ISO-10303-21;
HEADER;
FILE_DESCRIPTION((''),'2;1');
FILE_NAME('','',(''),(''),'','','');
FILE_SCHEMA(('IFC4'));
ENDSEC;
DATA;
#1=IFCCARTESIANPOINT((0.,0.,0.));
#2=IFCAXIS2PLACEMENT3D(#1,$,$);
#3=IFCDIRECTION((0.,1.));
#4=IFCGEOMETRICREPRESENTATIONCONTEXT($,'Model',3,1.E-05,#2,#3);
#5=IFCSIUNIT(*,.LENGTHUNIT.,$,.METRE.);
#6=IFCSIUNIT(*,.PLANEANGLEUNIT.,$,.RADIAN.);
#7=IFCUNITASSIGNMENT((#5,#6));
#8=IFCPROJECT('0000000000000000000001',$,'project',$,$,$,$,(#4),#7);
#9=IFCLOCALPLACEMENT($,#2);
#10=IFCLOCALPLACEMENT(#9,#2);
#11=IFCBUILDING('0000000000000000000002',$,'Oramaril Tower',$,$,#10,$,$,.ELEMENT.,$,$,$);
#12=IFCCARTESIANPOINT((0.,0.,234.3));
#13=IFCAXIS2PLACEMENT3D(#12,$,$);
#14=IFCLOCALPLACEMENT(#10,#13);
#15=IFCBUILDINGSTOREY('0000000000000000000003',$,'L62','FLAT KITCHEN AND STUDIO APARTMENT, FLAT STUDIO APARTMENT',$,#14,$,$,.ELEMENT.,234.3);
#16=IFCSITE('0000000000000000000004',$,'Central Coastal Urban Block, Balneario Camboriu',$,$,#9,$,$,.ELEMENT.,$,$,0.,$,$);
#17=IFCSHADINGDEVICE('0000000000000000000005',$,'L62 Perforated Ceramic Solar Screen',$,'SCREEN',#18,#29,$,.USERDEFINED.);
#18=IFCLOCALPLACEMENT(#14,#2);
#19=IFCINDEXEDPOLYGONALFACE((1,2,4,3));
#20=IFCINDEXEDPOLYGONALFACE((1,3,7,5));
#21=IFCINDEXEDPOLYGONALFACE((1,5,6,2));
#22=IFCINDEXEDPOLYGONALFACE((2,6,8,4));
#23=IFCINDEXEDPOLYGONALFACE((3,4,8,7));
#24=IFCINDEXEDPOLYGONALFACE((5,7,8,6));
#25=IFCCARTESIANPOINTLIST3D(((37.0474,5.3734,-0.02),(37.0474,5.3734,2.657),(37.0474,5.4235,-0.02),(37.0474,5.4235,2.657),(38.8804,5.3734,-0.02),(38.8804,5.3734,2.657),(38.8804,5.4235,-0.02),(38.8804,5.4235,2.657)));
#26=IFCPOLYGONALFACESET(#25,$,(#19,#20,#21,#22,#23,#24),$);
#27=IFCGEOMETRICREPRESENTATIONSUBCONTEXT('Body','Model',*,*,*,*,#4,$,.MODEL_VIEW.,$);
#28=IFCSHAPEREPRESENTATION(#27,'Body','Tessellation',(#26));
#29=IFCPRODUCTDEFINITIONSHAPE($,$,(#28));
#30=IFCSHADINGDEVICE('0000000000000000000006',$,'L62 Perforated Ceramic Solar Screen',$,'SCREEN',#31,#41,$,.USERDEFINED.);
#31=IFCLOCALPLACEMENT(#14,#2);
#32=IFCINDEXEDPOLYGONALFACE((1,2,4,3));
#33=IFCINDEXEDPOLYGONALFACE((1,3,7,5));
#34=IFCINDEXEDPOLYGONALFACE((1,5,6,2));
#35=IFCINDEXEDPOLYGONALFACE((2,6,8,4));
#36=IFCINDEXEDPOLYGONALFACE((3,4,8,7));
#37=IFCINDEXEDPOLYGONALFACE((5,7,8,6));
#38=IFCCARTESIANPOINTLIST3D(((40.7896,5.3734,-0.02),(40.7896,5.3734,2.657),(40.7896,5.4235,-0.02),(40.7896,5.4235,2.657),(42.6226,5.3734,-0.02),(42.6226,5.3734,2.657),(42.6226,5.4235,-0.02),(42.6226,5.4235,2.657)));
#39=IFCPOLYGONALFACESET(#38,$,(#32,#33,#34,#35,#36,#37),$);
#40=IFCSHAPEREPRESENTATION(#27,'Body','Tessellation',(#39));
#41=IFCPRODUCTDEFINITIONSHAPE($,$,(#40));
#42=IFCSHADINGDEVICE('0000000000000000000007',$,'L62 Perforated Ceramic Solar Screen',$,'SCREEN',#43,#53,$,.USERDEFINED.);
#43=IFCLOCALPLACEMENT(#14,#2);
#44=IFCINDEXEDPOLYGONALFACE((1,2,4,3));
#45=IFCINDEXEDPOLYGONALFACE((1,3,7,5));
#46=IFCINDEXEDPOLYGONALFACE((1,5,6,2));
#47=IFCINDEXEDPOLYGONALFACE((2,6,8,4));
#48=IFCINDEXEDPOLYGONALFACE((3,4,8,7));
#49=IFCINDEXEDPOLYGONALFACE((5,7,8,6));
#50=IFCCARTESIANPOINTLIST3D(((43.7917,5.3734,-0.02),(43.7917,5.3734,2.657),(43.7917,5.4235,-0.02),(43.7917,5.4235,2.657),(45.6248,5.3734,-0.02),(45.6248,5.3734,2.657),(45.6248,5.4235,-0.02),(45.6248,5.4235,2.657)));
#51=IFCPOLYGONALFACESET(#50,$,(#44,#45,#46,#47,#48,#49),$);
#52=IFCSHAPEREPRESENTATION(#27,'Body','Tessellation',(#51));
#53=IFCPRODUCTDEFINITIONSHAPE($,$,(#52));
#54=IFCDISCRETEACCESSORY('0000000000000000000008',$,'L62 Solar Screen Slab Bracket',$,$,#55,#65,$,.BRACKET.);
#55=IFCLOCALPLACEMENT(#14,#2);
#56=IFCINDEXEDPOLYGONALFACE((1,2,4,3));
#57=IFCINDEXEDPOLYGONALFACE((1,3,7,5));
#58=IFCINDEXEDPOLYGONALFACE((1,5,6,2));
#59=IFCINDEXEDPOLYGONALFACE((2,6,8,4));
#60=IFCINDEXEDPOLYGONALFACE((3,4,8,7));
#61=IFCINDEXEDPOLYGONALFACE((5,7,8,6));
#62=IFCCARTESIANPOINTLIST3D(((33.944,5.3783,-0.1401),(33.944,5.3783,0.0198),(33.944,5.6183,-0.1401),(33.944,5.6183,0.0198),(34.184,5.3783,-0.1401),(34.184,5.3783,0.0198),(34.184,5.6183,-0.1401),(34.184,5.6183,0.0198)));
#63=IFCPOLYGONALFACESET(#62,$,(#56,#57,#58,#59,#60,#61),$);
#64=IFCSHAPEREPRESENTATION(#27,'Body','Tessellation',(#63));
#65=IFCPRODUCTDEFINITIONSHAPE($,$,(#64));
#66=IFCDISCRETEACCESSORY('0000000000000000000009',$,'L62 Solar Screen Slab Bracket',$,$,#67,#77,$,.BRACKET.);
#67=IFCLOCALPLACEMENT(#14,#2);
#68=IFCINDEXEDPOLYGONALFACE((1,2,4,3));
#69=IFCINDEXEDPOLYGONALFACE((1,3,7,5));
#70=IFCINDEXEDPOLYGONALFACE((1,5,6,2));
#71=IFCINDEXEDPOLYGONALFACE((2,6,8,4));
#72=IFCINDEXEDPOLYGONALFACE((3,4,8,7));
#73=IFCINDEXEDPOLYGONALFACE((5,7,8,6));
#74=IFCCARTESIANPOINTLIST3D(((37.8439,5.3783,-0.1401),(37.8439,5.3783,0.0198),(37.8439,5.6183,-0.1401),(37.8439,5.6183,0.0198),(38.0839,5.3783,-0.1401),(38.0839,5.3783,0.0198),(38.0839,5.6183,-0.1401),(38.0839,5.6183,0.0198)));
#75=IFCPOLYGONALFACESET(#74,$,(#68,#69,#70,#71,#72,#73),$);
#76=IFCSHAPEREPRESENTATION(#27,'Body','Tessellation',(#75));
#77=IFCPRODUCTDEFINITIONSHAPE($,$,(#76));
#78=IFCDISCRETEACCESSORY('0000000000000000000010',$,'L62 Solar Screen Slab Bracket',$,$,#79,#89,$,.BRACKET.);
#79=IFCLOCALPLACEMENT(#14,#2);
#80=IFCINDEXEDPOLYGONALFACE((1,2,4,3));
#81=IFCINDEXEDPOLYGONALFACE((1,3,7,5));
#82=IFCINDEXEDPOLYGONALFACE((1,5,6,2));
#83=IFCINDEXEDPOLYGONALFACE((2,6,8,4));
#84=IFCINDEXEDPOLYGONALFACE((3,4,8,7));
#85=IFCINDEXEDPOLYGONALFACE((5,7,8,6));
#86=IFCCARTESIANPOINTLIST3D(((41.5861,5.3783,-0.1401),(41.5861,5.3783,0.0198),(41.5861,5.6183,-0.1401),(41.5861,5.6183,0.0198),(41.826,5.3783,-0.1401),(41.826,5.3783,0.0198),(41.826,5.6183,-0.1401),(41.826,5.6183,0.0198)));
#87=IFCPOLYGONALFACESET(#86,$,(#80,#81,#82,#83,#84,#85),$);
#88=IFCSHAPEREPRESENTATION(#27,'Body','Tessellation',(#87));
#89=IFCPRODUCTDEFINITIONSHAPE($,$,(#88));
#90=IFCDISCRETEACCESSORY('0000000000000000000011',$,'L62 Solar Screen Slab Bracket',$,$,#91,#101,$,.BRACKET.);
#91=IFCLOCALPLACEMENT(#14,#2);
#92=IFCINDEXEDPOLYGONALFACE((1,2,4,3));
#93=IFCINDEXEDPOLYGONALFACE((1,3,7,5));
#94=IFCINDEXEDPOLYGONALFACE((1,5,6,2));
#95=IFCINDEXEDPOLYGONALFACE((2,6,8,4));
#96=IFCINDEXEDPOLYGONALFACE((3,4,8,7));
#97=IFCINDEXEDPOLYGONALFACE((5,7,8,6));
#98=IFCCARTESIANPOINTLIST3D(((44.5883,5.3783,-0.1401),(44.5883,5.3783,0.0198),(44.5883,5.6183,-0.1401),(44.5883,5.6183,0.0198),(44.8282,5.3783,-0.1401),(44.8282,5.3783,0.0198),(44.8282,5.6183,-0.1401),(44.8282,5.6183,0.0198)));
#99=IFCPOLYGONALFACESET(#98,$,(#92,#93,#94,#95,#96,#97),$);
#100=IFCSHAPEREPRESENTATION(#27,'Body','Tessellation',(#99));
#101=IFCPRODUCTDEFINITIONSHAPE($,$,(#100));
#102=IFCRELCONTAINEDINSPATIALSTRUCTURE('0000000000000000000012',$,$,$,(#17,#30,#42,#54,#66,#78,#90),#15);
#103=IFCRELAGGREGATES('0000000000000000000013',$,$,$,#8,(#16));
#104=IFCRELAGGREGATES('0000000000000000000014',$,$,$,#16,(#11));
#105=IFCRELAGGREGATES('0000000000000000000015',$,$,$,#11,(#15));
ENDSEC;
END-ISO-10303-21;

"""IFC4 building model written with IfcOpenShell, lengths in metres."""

from ifc_helpers import new_model, si_unit, direction, frame, origin, origin_2d, place, context, subcontext, project, spatial, rectangle, extrude, element, save


model = new_model("IFC4")

# Units and contexts
model_context = context("Model", 3, precision=1e-05, world=origin(), true_north=direction((0.0, 1.0)))
body_context = subcontext(model_context, "Body", "Model", "MODEL_VIEW")
ifc_project = project(units=[si_unit("LENGTHUNIT", "METRE"), si_unit("PLANEANGLEUNIT", "RADIAN")], contexts=[model_context])

# Site, building, storey
site_placement = place(None, origin())
site = spatial("IfcSite", under=ifc_project, at=site_placement, Name="Central Coastal Urban Block, Balneario Camboriu", CompositionType="ELEMENT", RefElevation=0.0)
building_placement = place(site_placement, origin())
building = spatial("IfcBuilding", under=site, at=building_placement, Name="Oramaril Tower", CompositionType="ELEMENT")
storey_placement = place(building_placement, frame((0.0, 0.0, 234.3)))
storey = spatial("IfcBuildingStorey", under=building, at=storey_placement, Name="L62", Description="FLAT KITCHEN AND STUDIO APARTMENT, FLAT STUDIO APARTMENT", CompositionType="ELEMENT", Elevation=234.3)

# Shading devices
for number, where, z_axis, x_axis, name in (
    (1, (37.9639, 5.3984, -0.02), (0.0, 0.0, 1.0), (1.0, 0.0, 0.0), "L62 Perforated Ceramic Solar Screen"),
    (2, (41.7061, 5.3984, -0.02), (0.0, 0.0, 1.0), (1.0, 0.0, 0.0), "L62 Perforated Ceramic Solar Screen"),
    (3, (44.7083, 5.3984, -0.02), (0.0, 0.0, 1.0), (1.0, 0.0, 0.0), "L62 Perforated Ceramic Solar Screen"),
):
    element("IfcShadingDevice", number, at=place(storey_placement, frame(where, z_axis=z_axis, x_axis=x_axis)), inside=storey, Name=name, ObjectType="SCREEN", PredefinedType="USERDEFINED", context=body_context, shape_type="SweptSolid", body=[
        extrude(rectangle(XDim=1.833, YDim=0.05, at=origin_2d()), origin(), (0.0, 0.0, 1.0), 2.677),
    ])

# Discrete accessories
for number, where, z_axis, x_axis, name in (
    (4, (34.064, 5.4983, -0.1401), (0.0, 0.0, 1.0), (1.0, 0.0, 0.0), "L62 Solar Screen Slab Bracket"),
    (5, (37.9639, 5.4983, -0.1401), (0.0, 0.0, 1.0), (1.0, 0.0, 0.0), "L62 Solar Screen Slab Bracket"),
    (6, (41.7061, 5.4983, -0.1401), (0.0, 0.0, 1.0), (1.0, 0.0, 0.0), "L62 Solar Screen Slab Bracket"),
    (7, (44.7083, 5.4983, -0.1401), (0.0, 0.0, 1.0), (1.0, 0.0, 0.0), "L62 Solar Screen Slab Bracket"),
):
    element("IfcDiscreteAccessory", number, at=place(storey_placement, frame(where, z_axis=z_axis, x_axis=x_axis)), inside=storey, Name=name, PredefinedType="BRACKET", context=body_context, shape_type="SweptSolid", body=[
        extrude(rectangle(XDim=0.24, YDim=0.24, at=origin_2d()), origin(), (0.0, 0.0, 1.0), 0.1599),
    ])

save(model, "model.ifc")
